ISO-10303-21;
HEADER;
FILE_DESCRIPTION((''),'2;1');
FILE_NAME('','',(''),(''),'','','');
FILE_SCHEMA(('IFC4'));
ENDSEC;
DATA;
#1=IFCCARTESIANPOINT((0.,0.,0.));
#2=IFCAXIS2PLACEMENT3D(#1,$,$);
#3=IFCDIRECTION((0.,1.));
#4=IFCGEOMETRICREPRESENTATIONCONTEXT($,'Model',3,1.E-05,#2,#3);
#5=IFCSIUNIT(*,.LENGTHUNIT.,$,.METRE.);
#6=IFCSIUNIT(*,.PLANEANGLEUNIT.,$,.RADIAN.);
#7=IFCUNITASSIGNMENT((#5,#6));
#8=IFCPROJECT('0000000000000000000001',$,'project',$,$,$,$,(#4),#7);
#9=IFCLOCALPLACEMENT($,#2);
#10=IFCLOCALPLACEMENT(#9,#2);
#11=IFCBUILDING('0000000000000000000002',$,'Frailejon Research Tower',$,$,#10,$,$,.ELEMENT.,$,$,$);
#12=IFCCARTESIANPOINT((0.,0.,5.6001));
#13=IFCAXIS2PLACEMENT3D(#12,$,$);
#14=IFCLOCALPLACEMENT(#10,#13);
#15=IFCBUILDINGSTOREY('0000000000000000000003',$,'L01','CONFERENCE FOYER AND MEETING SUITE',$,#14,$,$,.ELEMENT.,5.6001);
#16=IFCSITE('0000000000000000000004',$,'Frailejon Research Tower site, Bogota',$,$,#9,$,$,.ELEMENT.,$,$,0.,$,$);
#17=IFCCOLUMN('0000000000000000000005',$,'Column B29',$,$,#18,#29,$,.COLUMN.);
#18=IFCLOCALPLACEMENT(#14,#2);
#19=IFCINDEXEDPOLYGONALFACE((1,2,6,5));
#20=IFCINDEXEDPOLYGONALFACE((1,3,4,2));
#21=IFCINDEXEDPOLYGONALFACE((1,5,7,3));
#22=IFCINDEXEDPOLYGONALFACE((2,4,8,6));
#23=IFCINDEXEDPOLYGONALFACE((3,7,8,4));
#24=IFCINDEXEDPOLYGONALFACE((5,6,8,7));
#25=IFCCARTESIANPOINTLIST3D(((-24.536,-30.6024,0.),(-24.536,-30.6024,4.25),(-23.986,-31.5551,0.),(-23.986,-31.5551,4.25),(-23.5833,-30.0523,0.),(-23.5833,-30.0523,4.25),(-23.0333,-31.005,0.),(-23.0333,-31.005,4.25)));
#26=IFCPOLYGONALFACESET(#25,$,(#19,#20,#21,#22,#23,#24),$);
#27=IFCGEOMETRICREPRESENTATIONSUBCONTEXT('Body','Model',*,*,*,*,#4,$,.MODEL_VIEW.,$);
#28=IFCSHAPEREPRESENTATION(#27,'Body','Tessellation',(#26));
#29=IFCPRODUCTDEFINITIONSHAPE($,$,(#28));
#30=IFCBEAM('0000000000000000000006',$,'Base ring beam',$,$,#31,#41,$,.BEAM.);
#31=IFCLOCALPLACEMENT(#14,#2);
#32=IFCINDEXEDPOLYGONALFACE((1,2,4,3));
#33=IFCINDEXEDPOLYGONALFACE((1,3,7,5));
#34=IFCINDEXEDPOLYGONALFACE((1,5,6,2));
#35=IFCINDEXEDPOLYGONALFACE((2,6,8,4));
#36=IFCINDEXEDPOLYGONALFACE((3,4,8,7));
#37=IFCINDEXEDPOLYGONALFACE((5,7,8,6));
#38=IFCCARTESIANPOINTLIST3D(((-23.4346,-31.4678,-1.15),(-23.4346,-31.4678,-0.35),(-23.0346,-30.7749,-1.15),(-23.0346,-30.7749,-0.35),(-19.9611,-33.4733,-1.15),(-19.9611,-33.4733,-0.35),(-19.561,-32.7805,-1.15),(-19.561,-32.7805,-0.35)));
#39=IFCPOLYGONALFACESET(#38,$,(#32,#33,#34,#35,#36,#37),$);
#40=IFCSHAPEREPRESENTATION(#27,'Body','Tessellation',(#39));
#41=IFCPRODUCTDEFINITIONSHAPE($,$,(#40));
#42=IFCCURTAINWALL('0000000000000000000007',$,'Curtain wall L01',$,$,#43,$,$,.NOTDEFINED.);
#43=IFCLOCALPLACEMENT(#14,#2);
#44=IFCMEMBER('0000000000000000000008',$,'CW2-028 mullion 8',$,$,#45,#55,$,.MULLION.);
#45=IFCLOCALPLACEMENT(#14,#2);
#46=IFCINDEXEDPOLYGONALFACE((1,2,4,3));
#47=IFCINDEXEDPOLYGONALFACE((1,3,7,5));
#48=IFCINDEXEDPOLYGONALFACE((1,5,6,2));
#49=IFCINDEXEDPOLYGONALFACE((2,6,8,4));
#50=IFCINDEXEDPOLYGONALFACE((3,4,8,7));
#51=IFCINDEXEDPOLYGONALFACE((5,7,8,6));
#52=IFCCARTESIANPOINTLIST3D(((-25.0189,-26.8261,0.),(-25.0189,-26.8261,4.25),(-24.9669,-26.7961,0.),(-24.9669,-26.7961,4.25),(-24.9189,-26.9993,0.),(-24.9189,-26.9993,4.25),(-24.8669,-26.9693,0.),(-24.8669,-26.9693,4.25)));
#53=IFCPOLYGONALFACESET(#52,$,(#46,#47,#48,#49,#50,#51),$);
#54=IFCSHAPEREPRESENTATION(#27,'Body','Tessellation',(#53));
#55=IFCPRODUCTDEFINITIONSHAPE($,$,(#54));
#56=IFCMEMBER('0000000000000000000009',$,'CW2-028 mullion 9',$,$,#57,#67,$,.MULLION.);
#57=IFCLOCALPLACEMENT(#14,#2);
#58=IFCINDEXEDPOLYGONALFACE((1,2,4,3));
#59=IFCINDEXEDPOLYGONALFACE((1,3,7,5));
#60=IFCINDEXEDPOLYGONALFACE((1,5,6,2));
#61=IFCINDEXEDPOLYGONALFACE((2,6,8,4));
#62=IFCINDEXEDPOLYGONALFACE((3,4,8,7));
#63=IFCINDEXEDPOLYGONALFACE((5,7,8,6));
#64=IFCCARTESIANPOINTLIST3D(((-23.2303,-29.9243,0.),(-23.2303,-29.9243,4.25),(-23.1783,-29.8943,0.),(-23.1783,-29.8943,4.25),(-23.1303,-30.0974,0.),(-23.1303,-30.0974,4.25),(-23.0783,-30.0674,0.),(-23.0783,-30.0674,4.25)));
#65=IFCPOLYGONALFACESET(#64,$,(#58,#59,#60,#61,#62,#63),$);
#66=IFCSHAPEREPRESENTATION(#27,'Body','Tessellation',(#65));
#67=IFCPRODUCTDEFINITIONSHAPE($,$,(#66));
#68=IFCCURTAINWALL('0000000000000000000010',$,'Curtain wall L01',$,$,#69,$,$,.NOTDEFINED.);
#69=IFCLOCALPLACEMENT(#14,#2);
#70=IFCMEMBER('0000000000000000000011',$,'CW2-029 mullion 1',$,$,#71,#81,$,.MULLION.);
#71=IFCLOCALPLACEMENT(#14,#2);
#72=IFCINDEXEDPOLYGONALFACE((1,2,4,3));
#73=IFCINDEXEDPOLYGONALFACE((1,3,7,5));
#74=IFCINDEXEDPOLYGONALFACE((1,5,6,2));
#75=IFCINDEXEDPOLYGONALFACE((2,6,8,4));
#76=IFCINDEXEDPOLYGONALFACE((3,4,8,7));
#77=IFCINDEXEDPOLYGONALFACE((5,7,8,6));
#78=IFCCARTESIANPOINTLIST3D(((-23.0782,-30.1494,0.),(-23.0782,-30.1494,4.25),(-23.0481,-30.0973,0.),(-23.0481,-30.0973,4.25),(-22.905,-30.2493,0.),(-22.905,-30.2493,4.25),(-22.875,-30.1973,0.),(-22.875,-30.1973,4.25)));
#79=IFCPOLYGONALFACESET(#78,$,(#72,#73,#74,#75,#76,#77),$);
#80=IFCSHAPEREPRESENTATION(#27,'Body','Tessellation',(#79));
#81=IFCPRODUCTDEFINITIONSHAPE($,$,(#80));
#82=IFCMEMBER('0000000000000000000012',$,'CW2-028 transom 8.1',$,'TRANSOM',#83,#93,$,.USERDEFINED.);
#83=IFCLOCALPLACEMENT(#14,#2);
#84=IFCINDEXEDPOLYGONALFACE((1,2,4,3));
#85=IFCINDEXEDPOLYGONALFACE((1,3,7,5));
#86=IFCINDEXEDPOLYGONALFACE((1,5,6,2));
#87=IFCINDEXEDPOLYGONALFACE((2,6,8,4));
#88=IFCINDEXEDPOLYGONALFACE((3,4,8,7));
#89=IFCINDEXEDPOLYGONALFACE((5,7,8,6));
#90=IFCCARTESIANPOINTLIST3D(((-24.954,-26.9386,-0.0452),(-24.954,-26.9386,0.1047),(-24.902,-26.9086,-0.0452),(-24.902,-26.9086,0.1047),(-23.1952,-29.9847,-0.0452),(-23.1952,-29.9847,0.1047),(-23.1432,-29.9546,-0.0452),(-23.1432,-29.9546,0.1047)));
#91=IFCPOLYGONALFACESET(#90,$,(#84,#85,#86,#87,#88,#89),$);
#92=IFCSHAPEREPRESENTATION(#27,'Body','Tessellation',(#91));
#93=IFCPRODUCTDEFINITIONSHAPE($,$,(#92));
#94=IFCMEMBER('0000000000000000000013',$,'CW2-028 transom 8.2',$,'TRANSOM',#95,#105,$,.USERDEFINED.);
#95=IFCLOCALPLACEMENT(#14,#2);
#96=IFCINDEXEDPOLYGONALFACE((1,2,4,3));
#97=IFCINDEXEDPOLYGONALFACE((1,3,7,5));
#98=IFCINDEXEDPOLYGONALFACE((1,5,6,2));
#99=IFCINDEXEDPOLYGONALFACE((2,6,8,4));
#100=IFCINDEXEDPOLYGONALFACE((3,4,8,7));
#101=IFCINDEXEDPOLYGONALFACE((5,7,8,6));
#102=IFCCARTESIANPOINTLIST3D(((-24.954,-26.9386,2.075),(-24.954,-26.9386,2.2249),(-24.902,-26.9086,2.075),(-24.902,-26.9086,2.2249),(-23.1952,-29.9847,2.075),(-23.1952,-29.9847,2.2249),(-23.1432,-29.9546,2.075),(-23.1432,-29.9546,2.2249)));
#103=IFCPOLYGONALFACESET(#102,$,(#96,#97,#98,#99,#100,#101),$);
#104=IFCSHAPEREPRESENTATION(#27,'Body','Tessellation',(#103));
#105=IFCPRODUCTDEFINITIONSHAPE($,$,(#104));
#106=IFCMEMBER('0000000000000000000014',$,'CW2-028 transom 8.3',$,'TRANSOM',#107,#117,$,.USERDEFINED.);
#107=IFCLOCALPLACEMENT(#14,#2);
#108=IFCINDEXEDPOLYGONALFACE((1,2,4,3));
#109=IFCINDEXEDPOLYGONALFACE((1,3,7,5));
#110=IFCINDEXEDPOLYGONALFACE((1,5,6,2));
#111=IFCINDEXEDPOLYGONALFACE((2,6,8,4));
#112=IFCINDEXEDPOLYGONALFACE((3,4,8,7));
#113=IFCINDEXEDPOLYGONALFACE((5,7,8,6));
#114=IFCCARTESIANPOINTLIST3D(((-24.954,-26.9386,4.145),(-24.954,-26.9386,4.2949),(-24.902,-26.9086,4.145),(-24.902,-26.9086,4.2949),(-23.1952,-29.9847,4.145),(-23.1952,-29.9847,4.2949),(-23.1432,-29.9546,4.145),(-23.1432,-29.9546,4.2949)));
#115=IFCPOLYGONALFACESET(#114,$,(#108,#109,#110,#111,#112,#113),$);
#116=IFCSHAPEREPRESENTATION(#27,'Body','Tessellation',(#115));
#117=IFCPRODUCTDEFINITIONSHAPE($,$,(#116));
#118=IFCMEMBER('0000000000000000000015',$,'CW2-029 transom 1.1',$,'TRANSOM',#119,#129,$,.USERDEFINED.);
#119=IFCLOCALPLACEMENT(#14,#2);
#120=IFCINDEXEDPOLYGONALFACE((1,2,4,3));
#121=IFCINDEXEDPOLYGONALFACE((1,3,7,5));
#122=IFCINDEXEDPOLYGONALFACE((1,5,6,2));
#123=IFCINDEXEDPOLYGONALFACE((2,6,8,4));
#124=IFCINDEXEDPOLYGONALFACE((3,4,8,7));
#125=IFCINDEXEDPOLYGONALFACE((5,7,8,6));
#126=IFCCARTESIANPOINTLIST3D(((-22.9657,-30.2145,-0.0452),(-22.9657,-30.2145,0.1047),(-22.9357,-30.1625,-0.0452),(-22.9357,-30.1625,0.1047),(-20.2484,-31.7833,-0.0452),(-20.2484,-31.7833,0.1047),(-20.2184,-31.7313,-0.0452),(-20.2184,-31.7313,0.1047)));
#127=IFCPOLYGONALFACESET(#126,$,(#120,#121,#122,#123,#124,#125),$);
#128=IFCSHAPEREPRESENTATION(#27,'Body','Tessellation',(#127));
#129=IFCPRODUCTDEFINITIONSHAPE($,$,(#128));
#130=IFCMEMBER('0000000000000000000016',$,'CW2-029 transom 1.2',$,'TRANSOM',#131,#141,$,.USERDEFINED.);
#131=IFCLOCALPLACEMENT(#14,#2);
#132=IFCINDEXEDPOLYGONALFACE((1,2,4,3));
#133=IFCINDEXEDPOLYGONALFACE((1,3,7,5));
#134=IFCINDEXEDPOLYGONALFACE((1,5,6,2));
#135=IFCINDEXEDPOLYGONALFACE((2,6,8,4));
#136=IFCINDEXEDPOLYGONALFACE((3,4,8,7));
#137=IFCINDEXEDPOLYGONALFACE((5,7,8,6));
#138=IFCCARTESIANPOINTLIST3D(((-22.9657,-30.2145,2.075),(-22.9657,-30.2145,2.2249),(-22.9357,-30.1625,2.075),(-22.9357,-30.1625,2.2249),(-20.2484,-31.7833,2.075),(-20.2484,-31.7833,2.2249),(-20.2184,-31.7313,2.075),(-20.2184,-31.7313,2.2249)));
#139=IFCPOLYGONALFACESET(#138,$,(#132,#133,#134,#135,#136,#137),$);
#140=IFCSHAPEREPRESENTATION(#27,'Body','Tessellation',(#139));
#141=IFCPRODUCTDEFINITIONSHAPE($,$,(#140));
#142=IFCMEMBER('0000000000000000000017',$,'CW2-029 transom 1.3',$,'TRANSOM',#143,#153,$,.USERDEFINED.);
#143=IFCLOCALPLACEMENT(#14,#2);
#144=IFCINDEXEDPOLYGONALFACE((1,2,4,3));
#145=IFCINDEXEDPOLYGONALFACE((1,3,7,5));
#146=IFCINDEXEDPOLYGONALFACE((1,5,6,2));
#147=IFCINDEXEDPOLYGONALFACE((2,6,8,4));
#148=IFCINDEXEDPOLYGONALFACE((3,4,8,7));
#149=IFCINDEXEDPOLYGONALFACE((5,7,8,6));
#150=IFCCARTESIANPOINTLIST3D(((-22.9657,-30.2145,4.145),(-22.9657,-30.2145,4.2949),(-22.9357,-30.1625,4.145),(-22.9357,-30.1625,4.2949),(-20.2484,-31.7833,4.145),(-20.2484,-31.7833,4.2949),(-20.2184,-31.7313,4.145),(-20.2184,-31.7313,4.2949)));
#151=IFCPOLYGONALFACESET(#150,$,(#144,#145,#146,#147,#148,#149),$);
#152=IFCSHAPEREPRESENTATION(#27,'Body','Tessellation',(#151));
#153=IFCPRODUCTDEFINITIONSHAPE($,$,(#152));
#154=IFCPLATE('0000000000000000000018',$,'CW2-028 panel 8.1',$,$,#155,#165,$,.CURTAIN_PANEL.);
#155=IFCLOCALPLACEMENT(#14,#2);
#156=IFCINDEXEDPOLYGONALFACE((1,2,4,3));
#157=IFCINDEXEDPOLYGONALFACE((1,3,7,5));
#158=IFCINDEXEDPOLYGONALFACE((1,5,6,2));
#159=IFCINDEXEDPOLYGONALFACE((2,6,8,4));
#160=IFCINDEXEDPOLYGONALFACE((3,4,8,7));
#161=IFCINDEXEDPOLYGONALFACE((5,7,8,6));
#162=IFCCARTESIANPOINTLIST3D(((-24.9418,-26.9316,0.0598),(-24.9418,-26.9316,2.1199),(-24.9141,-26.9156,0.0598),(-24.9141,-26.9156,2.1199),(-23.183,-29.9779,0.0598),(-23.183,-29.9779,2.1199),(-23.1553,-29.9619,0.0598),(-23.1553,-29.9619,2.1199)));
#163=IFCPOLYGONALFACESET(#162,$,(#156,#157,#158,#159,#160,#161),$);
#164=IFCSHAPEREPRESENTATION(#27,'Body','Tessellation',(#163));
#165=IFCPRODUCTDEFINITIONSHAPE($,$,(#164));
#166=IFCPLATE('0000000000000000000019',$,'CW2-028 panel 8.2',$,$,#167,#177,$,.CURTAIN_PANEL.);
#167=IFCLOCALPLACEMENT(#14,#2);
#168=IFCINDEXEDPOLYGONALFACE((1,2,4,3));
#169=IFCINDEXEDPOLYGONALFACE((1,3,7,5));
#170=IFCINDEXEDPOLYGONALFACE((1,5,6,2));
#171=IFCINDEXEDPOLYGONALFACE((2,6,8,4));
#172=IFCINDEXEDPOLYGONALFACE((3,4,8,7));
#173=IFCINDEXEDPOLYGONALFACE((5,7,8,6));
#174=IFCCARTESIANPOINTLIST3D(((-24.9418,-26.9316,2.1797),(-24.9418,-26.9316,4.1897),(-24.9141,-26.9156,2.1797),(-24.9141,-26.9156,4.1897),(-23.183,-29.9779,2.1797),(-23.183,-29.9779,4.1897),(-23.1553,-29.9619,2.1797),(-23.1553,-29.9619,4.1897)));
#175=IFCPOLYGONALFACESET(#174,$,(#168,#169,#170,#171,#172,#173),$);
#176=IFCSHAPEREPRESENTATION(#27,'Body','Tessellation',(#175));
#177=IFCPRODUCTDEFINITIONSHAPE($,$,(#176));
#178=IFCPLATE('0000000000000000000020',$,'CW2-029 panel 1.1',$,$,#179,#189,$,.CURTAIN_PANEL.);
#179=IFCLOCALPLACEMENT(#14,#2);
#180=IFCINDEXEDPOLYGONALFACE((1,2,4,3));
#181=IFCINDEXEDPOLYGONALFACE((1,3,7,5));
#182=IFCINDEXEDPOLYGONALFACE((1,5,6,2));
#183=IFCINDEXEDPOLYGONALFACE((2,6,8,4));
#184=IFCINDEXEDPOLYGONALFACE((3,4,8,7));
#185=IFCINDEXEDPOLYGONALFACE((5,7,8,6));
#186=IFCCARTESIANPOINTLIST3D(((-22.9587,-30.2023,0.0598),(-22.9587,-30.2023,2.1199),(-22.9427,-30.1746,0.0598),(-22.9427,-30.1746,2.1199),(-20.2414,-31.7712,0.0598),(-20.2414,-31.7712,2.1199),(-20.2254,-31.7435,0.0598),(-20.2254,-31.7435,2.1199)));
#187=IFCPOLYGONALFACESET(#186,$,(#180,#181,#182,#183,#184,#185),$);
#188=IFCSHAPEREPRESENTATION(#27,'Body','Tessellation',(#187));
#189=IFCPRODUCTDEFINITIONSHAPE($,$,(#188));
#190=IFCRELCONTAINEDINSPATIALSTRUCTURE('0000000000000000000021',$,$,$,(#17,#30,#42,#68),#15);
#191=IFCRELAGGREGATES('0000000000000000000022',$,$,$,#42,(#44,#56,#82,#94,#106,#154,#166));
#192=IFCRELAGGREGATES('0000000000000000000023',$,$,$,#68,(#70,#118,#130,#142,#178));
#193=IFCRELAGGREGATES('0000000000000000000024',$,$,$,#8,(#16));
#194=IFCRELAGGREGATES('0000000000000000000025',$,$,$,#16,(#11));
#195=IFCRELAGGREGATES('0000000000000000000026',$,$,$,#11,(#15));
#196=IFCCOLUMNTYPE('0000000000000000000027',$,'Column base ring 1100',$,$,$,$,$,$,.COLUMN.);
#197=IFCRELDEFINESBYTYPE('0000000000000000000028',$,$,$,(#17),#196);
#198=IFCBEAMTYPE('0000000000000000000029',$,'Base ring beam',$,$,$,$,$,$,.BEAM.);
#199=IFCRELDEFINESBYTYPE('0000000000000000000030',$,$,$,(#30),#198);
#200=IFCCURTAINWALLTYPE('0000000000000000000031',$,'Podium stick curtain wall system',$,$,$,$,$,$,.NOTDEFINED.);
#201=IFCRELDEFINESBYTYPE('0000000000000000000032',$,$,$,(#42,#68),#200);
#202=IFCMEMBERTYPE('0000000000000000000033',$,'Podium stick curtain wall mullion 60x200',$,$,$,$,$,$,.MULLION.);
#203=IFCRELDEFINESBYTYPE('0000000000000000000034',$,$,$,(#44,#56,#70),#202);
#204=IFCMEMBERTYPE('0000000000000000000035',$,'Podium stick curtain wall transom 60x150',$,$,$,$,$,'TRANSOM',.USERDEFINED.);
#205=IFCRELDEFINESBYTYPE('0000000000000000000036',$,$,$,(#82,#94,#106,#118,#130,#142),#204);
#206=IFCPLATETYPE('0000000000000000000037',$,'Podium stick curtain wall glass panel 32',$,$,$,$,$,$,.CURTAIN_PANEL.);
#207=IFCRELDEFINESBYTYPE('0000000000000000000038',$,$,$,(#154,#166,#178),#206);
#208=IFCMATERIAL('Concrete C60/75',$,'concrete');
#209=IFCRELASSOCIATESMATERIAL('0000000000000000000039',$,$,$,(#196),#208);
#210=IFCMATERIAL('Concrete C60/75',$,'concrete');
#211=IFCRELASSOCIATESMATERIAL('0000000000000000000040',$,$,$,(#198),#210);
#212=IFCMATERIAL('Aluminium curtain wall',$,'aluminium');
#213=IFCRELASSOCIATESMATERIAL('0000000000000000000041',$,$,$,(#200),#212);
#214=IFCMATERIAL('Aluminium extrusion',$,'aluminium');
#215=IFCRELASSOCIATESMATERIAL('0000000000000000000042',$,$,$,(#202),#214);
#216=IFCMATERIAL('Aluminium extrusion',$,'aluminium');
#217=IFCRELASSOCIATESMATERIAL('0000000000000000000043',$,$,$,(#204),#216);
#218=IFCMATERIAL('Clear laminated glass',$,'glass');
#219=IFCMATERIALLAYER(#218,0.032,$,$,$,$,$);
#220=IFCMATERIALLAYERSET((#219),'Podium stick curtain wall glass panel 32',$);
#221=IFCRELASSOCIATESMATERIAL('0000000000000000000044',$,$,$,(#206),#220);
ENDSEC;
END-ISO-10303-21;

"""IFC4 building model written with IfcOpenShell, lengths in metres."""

from ifc_helpers import new_model, si_unit, direction, frame, origin, origin_2d, place, context, subcontext, project, spatial, rectangle, extrude, material, layer, layer_set, material_profile, profile_set, type_object, element, aggregate, save


model = new_model("IFC4")

# Units and contexts
model_context = context("Model", 3, precision=1e-05, world=origin(), true_north=direction((0.0, 1.0)))
body_context = subcontext(model_context, "Body", "Model", "MODEL_VIEW")
ifc_project = project(units=[si_unit("LENGTHUNIT", "METRE"), si_unit("PLANEANGLEUNIT", "RADIAN")], contexts=[model_context])

# Site, building, storey
site_placement = place(None, origin())
site = spatial("IfcSite", under=ifc_project, at=site_placement, Name="Frailejon Research Tower site, Bogota", CompositionType="ELEMENT", RefElevation=0.0)
building_placement = place(site_placement, origin())
building = spatial("IfcBuilding", under=site, at=building_placement, Name="Frailejon Research Tower", CompositionType="ELEMENT")
storey_placement = place(building_placement, frame((0.0, 0.0, 5.6001)))
storey = spatial("IfcBuildingStorey", under=building, at=storey_placement, Name="L01", Description="CONFERENCE FOYER AND MEETING SUITE", CompositionType="ELEMENT", Elevation=5.6001)

# Column
ifc_material_1 = material(Name="Concrete C60/75", Category="concrete")
ifc_material_profile_1 = material_profile(ifc_material_1, rectangle(XDim=1.1001, YDim=1.1001, at=origin_2d()), Name="Column base ring 1100")
ifc_profile_set_1 = profile_set([ifc_material_profile_1], Name="Concrete C60/75")
column_type = type_object("IfcColumnType", Name="Column base ring 1100", PredefinedType="COLUMN", material=ifc_profile_set_1)
column_placement = place(storey_placement, frame((-23.7847, -30.8037, 0.0), z_axis=(0.0, 0.0, 1.0), x_axis=(0.5, -0.866025, 0.0)))
element("IfcColumn", 1, at=column_placement, inside=storey, type_object=column_type, Name="Column B29", PredefinedType="COLUMN", context=body_context, shape_type="SweptSolid", body=[
    extrude(rectangle(XDim=1.1001, YDim=1.1001, at=origin_2d()), origin(), (0.0, 0.0, 1.0), 4.25),
])

# Beam
ifc_material_2 = material(Name="Concrete C60/75", Category="concrete")
ifc_material_profile_2 = material_profile(ifc_material_2, rectangle(XDim=0.8, YDim=0.8, at=origin_2d()), Name="Base ring beam")
ifc_profile_set_2 = profile_set([ifc_material_profile_2], Name="Concrete C60/75")
beam_type = type_object("IfcBeamType", Name="Base ring beam", PredefinedType="BEAM", material=ifc_profile_set_2)
beam_placement = place(storey_placement, frame((-23.2346, -31.1213, -0.75), z_axis=(0.866013, -0.500021, 0.0), x_axis=(0.500021, 0.866013, 0.0)))
element("IfcBeam", 2, at=beam_placement, inside=storey, type_object=beam_type, Name="Base ring beam", PredefinedType="BEAM", context=body_context, shape_type="SweptSolid", body=[
    extrude(rectangle(XDim=0.8, YDim=0.8, at=origin_2d()), origin(), (0.0, 0.0, 1.0), 4.011),
])

# Curtain wall, members
ifc_material_3 = material(Name="Aluminium curtain wall", Category="aluminium")
curtain_wall_type = type_object("IfcCurtainWallType", Name="Podium stick curtain wall system", PredefinedType="NOTDEFINED", material=ifc_material_3)
curtain_wall_1_placement = place(storey_placement, origin())
curtain_wall_1 = element("IfcCurtainWall", 3, at=curtain_wall_1_placement, inside=storey, type_object=curtain_wall_type, Name="Curtain wall L01", PredefinedType="NOTDEFINED")
ifc_material_4 = material(Name="Aluminium extrusion", Category="aluminium")
ifc_material_profile_3 = material_profile(ifc_material_4, rectangle(XDim=0.0601, YDim=0.2, at=origin_2d()), Name="Podium stick curtain wall mullion 60x200")
ifc_profile_set_3 = profile_set([ifc_material_profile_3], Name="Aluminium extrusion")
member_type_1 = type_object("IfcMemberType", Name="Podium stick curtain wall mullion 60x200", PredefinedType="MULLION", material=ifc_profile_set_3)
member_1_placement = place(storey_placement, frame((-24.9429, -26.8977, 0.0), z_axis=(0.0, 0.0, 1.0), x_axis=(0.866026, 0.499998, 0.0)))
member_1 = element("IfcMember", 4, at=member_1_placement, type_object=member_type_1, Name="CW2-028 mullion 8", PredefinedType="MULLION", context=body_context, shape_type="SweptSolid", body=[
    extrude(rectangle(XDim=0.0601, YDim=0.2, at=origin_2d()), origin(), (0.0, 0.0, 1.0), 4.25),
])
member_2_placement = place(storey_placement, frame((-23.1543, -29.9958, 0.0), z_axis=(0.0, 0.0, 1.0), x_axis=(0.866026, 0.499998, 0.0)))
member_2 = element("IfcMember", 5, at=member_2_placement, type_object=member_type_1, Name="CW2-028 mullion 9", PredefinedType="MULLION", context=body_context, shape_type="SweptSolid", body=[
    extrude(rectangle(XDim=0.0601, YDim=0.2, at=origin_2d()), origin(), (0.0, 0.0, 1.0), 4.25),
])

# Curtain wall, member
curtain_wall_2_placement = place(storey_placement, origin())
curtain_wall_2 = element("IfcCurtainWall", 6, at=curtain_wall_2_placement, inside=storey, type_object=curtain_wall_type, Name="Curtain wall L01", PredefinedType="NOTDEFINED")
member_3_placement = place(storey_placement, frame((-22.9766, -30.1733, 0.0), z_axis=(0.0, 0.0, 1.0), x_axis=(0.5, 0.866025, 0.0)))
member_3 = element("IfcMember", 7, at=member_3_placement, type_object=member_type_1, Name="CW2-029 mullion 1", PredefinedType="MULLION", context=body_context, shape_type="SweptSolid", body=[
    extrude(rectangle(XDim=0.0601, YDim=0.2, at=origin_2d()), origin(), (0.0, 0.0, 1.0), 4.25),
])

# Members
ifc_material_5 = material(Name="Aluminium extrusion", Category="aluminium")
ifc_material_profile_4 = material_profile(ifc_material_5, rectangle(XDim=0.0601, YDim=0.1499, at=origin_2d()), Name="Podium stick curtain wall transom 60x150")
ifc_profile_set_4 = profile_set([ifc_material_profile_4], Name="Aluminium extrusion")
member_type_2 = type_object("IfcMemberType", Name="Podium stick curtain wall transom 60x150", ElementType="TRANSOM", PredefinedType="USERDEFINED", material=ifc_profile_set_4)
member_4_placement = place(storey_placement, frame((-24.928, -26.9236, 0.0298), z_axis=(0.500021, -0.866013, 0.0), x_axis=(0.866013, 0.500021, 0.0)))
member_4 = element("IfcMember", 8, at=member_4_placement, type_object=member_type_2, Name="CW2-028 transom 8.1", ObjectType="TRANSOM", PredefinedType="USERDEFINED", context=body_context, shape_type="SweptSolid", body=[
    extrude(rectangle(XDim=0.0601, YDim=0.1499, at=origin_2d()), origin(), (0.0, 0.0, 1.0), 3.5173),
])
member_5_placement = place(storey_placement, frame((-24.928, -26.9236, 2.1499), z_axis=(0.500021, -0.866013, 0.0), x_axis=(0.866013, 0.500021, 0.0)))
member_5 = element("IfcMember", 9, at=member_5_placement, type_object=member_type_2, Name="CW2-028 transom 8.2", ObjectType="TRANSOM", PredefinedType="USERDEFINED", context=body_context, shape_type="SweptSolid", body=[
    extrude(rectangle(XDim=0.0601, YDim=0.1499, at=origin_2d()), origin(), (0.0, 0.0, 1.0), 3.5173),
])
member_6_placement = place(storey_placement, frame((-24.928, -26.9236, 4.22), z_axis=(0.500021, -0.866013, 0.0), x_axis=(0.866013, 0.500021, 0.0)))
member_6 = element("IfcMember", 10, at=member_6_placement, type_object=member_type_2, Name="CW2-028 transom 8.3", ObjectType="TRANSOM", PredefinedType="USERDEFINED", context=body_context, shape_type="SweptSolid", body=[
    extrude(rectangle(XDim=0.0601, YDim=0.1499, at=origin_2d()), origin(), (0.0, 0.0, 1.0), 3.5173),
])
member_7_placement = place(storey_placement, frame((-22.9507, -30.1885, 0.0298), z_axis=(0.866022, -0.500005, 0.0), x_axis=(0.500005, 0.866022, 0.0)))
member_7 = element("IfcMember", 11, at=member_7_placement, type_object=member_type_2, Name="CW2-029 transom 1.1", ObjectType="TRANSOM", PredefinedType="USERDEFINED", context=body_context, shape_type="SweptSolid", body=[
    extrude(rectangle(XDim=0.0601, YDim=0.1499, at=origin_2d()), origin(), (0.0, 0.0, 1.0), 3.1377),
])
member_8_placement = place(storey_placement, frame((-22.9507, -30.1885, 2.1499), z_axis=(0.866022, -0.500005, 0.0), x_axis=(0.500005, 0.866022, 0.0)))
member_8 = element("IfcMember", 12, at=member_8_placement, type_object=member_type_2, Name="CW2-029 transom 1.2", ObjectType="TRANSOM", PredefinedType="USERDEFINED", context=body_context, shape_type="SweptSolid", body=[
    extrude(rectangle(XDim=0.0601, YDim=0.1499, at=origin_2d()), origin(), (0.0, 0.0, 1.0), 3.1377),
])
member_9_placement = place(storey_placement, frame((-22.9507, -30.1885, 4.22), z_axis=(0.866022, -0.500005, 0.0), x_axis=(0.500005, 0.866022, 0.0)))
member_9 = element("IfcMember", 13, at=member_9_placement, type_object=member_type_2, Name="CW2-029 transom 1.3", ObjectType="TRANSOM", PredefinedType="USERDEFINED", context=body_context, shape_type="SweptSolid", body=[
    extrude(rectangle(XDim=0.0601, YDim=0.1499, at=origin_2d()), origin(), (0.0, 0.0, 1.0), 3.1377),
])

# Plates
ifc_material_6 = material(Name="Clear laminated glass", Category="glass")
ifc_layer_1 = layer(ifc_material_6, 0.032)
ifc_layer_set_1 = layer_set([ifc_layer_1], Name="Podium stick curtain wall glass panel 32")
plate_type = type_object("IfcPlateType", Name="Podium stick curtain wall glass panel 32", PredefinedType="CURTAIN_PANEL", material=ifc_layer_set_1)
plate_1_placement = place(storey_placement, frame((-24.0486, -28.4468, 0.0598), z_axis=(0.0, 0.0, 1.0), x_axis=(0.499998, -0.866026, 0.0)))
plate_1 = element("IfcPlate", 14, at=plate_1_placement, type_object=plate_type, Name="CW2-028 panel 8.1", PredefinedType="CURTAIN_PANEL", context=body_context, shape_type="SweptSolid", body=[
    extrude(rectangle(XDim=3.5176, YDim=0.032, at=origin_2d()), origin(), (0.0, 0.0, 1.0), 2.0601),
])
plate_2_placement = place(storey_placement, frame((-24.0486, -28.4468, 2.1797), z_axis=(0.0, 0.0, 1.0), x_axis=(0.499998, -0.866026, 0.0)))
plate_2 = element("IfcPlate", 15, at=plate_2_placement, type_object=plate_type, Name="CW2-028 panel 8.2", PredefinedType="CURTAIN_PANEL", context=body_context, shape_type="SweptSolid", body=[
    extrude(rectangle(XDim=3.5176, YDim=0.032, at=origin_2d()), origin(), (0.0, 0.0, 1.0), 2.01),
])
aggregate(curtain_wall_1, [member_1, member_2, member_4, member_5, member_6, plate_1, plate_2])
plate_3_placement = place(storey_placement, frame((-21.592, -30.9729, 0.0598), z_axis=(0.0, 0.0, 1.0), x_axis=(0.866025, -0.5, 0.0)))
plate_3 = element("IfcPlate", 16, at=plate_3_placement, type_object=plate_type, Name="CW2-029 panel 1.1", PredefinedType="CURTAIN_PANEL", context=body_context, shape_type="SweptSolid", body=[
    extrude(rectangle(XDim=3.1377, YDim=0.032, at=origin_2d()), origin(), (0.0, 0.0, 1.0), 2.0601),
])
aggregate(curtain_wall_2, [member_3, member_7, member_8, member_9, plate_3])

save(model, "model.ifc")
